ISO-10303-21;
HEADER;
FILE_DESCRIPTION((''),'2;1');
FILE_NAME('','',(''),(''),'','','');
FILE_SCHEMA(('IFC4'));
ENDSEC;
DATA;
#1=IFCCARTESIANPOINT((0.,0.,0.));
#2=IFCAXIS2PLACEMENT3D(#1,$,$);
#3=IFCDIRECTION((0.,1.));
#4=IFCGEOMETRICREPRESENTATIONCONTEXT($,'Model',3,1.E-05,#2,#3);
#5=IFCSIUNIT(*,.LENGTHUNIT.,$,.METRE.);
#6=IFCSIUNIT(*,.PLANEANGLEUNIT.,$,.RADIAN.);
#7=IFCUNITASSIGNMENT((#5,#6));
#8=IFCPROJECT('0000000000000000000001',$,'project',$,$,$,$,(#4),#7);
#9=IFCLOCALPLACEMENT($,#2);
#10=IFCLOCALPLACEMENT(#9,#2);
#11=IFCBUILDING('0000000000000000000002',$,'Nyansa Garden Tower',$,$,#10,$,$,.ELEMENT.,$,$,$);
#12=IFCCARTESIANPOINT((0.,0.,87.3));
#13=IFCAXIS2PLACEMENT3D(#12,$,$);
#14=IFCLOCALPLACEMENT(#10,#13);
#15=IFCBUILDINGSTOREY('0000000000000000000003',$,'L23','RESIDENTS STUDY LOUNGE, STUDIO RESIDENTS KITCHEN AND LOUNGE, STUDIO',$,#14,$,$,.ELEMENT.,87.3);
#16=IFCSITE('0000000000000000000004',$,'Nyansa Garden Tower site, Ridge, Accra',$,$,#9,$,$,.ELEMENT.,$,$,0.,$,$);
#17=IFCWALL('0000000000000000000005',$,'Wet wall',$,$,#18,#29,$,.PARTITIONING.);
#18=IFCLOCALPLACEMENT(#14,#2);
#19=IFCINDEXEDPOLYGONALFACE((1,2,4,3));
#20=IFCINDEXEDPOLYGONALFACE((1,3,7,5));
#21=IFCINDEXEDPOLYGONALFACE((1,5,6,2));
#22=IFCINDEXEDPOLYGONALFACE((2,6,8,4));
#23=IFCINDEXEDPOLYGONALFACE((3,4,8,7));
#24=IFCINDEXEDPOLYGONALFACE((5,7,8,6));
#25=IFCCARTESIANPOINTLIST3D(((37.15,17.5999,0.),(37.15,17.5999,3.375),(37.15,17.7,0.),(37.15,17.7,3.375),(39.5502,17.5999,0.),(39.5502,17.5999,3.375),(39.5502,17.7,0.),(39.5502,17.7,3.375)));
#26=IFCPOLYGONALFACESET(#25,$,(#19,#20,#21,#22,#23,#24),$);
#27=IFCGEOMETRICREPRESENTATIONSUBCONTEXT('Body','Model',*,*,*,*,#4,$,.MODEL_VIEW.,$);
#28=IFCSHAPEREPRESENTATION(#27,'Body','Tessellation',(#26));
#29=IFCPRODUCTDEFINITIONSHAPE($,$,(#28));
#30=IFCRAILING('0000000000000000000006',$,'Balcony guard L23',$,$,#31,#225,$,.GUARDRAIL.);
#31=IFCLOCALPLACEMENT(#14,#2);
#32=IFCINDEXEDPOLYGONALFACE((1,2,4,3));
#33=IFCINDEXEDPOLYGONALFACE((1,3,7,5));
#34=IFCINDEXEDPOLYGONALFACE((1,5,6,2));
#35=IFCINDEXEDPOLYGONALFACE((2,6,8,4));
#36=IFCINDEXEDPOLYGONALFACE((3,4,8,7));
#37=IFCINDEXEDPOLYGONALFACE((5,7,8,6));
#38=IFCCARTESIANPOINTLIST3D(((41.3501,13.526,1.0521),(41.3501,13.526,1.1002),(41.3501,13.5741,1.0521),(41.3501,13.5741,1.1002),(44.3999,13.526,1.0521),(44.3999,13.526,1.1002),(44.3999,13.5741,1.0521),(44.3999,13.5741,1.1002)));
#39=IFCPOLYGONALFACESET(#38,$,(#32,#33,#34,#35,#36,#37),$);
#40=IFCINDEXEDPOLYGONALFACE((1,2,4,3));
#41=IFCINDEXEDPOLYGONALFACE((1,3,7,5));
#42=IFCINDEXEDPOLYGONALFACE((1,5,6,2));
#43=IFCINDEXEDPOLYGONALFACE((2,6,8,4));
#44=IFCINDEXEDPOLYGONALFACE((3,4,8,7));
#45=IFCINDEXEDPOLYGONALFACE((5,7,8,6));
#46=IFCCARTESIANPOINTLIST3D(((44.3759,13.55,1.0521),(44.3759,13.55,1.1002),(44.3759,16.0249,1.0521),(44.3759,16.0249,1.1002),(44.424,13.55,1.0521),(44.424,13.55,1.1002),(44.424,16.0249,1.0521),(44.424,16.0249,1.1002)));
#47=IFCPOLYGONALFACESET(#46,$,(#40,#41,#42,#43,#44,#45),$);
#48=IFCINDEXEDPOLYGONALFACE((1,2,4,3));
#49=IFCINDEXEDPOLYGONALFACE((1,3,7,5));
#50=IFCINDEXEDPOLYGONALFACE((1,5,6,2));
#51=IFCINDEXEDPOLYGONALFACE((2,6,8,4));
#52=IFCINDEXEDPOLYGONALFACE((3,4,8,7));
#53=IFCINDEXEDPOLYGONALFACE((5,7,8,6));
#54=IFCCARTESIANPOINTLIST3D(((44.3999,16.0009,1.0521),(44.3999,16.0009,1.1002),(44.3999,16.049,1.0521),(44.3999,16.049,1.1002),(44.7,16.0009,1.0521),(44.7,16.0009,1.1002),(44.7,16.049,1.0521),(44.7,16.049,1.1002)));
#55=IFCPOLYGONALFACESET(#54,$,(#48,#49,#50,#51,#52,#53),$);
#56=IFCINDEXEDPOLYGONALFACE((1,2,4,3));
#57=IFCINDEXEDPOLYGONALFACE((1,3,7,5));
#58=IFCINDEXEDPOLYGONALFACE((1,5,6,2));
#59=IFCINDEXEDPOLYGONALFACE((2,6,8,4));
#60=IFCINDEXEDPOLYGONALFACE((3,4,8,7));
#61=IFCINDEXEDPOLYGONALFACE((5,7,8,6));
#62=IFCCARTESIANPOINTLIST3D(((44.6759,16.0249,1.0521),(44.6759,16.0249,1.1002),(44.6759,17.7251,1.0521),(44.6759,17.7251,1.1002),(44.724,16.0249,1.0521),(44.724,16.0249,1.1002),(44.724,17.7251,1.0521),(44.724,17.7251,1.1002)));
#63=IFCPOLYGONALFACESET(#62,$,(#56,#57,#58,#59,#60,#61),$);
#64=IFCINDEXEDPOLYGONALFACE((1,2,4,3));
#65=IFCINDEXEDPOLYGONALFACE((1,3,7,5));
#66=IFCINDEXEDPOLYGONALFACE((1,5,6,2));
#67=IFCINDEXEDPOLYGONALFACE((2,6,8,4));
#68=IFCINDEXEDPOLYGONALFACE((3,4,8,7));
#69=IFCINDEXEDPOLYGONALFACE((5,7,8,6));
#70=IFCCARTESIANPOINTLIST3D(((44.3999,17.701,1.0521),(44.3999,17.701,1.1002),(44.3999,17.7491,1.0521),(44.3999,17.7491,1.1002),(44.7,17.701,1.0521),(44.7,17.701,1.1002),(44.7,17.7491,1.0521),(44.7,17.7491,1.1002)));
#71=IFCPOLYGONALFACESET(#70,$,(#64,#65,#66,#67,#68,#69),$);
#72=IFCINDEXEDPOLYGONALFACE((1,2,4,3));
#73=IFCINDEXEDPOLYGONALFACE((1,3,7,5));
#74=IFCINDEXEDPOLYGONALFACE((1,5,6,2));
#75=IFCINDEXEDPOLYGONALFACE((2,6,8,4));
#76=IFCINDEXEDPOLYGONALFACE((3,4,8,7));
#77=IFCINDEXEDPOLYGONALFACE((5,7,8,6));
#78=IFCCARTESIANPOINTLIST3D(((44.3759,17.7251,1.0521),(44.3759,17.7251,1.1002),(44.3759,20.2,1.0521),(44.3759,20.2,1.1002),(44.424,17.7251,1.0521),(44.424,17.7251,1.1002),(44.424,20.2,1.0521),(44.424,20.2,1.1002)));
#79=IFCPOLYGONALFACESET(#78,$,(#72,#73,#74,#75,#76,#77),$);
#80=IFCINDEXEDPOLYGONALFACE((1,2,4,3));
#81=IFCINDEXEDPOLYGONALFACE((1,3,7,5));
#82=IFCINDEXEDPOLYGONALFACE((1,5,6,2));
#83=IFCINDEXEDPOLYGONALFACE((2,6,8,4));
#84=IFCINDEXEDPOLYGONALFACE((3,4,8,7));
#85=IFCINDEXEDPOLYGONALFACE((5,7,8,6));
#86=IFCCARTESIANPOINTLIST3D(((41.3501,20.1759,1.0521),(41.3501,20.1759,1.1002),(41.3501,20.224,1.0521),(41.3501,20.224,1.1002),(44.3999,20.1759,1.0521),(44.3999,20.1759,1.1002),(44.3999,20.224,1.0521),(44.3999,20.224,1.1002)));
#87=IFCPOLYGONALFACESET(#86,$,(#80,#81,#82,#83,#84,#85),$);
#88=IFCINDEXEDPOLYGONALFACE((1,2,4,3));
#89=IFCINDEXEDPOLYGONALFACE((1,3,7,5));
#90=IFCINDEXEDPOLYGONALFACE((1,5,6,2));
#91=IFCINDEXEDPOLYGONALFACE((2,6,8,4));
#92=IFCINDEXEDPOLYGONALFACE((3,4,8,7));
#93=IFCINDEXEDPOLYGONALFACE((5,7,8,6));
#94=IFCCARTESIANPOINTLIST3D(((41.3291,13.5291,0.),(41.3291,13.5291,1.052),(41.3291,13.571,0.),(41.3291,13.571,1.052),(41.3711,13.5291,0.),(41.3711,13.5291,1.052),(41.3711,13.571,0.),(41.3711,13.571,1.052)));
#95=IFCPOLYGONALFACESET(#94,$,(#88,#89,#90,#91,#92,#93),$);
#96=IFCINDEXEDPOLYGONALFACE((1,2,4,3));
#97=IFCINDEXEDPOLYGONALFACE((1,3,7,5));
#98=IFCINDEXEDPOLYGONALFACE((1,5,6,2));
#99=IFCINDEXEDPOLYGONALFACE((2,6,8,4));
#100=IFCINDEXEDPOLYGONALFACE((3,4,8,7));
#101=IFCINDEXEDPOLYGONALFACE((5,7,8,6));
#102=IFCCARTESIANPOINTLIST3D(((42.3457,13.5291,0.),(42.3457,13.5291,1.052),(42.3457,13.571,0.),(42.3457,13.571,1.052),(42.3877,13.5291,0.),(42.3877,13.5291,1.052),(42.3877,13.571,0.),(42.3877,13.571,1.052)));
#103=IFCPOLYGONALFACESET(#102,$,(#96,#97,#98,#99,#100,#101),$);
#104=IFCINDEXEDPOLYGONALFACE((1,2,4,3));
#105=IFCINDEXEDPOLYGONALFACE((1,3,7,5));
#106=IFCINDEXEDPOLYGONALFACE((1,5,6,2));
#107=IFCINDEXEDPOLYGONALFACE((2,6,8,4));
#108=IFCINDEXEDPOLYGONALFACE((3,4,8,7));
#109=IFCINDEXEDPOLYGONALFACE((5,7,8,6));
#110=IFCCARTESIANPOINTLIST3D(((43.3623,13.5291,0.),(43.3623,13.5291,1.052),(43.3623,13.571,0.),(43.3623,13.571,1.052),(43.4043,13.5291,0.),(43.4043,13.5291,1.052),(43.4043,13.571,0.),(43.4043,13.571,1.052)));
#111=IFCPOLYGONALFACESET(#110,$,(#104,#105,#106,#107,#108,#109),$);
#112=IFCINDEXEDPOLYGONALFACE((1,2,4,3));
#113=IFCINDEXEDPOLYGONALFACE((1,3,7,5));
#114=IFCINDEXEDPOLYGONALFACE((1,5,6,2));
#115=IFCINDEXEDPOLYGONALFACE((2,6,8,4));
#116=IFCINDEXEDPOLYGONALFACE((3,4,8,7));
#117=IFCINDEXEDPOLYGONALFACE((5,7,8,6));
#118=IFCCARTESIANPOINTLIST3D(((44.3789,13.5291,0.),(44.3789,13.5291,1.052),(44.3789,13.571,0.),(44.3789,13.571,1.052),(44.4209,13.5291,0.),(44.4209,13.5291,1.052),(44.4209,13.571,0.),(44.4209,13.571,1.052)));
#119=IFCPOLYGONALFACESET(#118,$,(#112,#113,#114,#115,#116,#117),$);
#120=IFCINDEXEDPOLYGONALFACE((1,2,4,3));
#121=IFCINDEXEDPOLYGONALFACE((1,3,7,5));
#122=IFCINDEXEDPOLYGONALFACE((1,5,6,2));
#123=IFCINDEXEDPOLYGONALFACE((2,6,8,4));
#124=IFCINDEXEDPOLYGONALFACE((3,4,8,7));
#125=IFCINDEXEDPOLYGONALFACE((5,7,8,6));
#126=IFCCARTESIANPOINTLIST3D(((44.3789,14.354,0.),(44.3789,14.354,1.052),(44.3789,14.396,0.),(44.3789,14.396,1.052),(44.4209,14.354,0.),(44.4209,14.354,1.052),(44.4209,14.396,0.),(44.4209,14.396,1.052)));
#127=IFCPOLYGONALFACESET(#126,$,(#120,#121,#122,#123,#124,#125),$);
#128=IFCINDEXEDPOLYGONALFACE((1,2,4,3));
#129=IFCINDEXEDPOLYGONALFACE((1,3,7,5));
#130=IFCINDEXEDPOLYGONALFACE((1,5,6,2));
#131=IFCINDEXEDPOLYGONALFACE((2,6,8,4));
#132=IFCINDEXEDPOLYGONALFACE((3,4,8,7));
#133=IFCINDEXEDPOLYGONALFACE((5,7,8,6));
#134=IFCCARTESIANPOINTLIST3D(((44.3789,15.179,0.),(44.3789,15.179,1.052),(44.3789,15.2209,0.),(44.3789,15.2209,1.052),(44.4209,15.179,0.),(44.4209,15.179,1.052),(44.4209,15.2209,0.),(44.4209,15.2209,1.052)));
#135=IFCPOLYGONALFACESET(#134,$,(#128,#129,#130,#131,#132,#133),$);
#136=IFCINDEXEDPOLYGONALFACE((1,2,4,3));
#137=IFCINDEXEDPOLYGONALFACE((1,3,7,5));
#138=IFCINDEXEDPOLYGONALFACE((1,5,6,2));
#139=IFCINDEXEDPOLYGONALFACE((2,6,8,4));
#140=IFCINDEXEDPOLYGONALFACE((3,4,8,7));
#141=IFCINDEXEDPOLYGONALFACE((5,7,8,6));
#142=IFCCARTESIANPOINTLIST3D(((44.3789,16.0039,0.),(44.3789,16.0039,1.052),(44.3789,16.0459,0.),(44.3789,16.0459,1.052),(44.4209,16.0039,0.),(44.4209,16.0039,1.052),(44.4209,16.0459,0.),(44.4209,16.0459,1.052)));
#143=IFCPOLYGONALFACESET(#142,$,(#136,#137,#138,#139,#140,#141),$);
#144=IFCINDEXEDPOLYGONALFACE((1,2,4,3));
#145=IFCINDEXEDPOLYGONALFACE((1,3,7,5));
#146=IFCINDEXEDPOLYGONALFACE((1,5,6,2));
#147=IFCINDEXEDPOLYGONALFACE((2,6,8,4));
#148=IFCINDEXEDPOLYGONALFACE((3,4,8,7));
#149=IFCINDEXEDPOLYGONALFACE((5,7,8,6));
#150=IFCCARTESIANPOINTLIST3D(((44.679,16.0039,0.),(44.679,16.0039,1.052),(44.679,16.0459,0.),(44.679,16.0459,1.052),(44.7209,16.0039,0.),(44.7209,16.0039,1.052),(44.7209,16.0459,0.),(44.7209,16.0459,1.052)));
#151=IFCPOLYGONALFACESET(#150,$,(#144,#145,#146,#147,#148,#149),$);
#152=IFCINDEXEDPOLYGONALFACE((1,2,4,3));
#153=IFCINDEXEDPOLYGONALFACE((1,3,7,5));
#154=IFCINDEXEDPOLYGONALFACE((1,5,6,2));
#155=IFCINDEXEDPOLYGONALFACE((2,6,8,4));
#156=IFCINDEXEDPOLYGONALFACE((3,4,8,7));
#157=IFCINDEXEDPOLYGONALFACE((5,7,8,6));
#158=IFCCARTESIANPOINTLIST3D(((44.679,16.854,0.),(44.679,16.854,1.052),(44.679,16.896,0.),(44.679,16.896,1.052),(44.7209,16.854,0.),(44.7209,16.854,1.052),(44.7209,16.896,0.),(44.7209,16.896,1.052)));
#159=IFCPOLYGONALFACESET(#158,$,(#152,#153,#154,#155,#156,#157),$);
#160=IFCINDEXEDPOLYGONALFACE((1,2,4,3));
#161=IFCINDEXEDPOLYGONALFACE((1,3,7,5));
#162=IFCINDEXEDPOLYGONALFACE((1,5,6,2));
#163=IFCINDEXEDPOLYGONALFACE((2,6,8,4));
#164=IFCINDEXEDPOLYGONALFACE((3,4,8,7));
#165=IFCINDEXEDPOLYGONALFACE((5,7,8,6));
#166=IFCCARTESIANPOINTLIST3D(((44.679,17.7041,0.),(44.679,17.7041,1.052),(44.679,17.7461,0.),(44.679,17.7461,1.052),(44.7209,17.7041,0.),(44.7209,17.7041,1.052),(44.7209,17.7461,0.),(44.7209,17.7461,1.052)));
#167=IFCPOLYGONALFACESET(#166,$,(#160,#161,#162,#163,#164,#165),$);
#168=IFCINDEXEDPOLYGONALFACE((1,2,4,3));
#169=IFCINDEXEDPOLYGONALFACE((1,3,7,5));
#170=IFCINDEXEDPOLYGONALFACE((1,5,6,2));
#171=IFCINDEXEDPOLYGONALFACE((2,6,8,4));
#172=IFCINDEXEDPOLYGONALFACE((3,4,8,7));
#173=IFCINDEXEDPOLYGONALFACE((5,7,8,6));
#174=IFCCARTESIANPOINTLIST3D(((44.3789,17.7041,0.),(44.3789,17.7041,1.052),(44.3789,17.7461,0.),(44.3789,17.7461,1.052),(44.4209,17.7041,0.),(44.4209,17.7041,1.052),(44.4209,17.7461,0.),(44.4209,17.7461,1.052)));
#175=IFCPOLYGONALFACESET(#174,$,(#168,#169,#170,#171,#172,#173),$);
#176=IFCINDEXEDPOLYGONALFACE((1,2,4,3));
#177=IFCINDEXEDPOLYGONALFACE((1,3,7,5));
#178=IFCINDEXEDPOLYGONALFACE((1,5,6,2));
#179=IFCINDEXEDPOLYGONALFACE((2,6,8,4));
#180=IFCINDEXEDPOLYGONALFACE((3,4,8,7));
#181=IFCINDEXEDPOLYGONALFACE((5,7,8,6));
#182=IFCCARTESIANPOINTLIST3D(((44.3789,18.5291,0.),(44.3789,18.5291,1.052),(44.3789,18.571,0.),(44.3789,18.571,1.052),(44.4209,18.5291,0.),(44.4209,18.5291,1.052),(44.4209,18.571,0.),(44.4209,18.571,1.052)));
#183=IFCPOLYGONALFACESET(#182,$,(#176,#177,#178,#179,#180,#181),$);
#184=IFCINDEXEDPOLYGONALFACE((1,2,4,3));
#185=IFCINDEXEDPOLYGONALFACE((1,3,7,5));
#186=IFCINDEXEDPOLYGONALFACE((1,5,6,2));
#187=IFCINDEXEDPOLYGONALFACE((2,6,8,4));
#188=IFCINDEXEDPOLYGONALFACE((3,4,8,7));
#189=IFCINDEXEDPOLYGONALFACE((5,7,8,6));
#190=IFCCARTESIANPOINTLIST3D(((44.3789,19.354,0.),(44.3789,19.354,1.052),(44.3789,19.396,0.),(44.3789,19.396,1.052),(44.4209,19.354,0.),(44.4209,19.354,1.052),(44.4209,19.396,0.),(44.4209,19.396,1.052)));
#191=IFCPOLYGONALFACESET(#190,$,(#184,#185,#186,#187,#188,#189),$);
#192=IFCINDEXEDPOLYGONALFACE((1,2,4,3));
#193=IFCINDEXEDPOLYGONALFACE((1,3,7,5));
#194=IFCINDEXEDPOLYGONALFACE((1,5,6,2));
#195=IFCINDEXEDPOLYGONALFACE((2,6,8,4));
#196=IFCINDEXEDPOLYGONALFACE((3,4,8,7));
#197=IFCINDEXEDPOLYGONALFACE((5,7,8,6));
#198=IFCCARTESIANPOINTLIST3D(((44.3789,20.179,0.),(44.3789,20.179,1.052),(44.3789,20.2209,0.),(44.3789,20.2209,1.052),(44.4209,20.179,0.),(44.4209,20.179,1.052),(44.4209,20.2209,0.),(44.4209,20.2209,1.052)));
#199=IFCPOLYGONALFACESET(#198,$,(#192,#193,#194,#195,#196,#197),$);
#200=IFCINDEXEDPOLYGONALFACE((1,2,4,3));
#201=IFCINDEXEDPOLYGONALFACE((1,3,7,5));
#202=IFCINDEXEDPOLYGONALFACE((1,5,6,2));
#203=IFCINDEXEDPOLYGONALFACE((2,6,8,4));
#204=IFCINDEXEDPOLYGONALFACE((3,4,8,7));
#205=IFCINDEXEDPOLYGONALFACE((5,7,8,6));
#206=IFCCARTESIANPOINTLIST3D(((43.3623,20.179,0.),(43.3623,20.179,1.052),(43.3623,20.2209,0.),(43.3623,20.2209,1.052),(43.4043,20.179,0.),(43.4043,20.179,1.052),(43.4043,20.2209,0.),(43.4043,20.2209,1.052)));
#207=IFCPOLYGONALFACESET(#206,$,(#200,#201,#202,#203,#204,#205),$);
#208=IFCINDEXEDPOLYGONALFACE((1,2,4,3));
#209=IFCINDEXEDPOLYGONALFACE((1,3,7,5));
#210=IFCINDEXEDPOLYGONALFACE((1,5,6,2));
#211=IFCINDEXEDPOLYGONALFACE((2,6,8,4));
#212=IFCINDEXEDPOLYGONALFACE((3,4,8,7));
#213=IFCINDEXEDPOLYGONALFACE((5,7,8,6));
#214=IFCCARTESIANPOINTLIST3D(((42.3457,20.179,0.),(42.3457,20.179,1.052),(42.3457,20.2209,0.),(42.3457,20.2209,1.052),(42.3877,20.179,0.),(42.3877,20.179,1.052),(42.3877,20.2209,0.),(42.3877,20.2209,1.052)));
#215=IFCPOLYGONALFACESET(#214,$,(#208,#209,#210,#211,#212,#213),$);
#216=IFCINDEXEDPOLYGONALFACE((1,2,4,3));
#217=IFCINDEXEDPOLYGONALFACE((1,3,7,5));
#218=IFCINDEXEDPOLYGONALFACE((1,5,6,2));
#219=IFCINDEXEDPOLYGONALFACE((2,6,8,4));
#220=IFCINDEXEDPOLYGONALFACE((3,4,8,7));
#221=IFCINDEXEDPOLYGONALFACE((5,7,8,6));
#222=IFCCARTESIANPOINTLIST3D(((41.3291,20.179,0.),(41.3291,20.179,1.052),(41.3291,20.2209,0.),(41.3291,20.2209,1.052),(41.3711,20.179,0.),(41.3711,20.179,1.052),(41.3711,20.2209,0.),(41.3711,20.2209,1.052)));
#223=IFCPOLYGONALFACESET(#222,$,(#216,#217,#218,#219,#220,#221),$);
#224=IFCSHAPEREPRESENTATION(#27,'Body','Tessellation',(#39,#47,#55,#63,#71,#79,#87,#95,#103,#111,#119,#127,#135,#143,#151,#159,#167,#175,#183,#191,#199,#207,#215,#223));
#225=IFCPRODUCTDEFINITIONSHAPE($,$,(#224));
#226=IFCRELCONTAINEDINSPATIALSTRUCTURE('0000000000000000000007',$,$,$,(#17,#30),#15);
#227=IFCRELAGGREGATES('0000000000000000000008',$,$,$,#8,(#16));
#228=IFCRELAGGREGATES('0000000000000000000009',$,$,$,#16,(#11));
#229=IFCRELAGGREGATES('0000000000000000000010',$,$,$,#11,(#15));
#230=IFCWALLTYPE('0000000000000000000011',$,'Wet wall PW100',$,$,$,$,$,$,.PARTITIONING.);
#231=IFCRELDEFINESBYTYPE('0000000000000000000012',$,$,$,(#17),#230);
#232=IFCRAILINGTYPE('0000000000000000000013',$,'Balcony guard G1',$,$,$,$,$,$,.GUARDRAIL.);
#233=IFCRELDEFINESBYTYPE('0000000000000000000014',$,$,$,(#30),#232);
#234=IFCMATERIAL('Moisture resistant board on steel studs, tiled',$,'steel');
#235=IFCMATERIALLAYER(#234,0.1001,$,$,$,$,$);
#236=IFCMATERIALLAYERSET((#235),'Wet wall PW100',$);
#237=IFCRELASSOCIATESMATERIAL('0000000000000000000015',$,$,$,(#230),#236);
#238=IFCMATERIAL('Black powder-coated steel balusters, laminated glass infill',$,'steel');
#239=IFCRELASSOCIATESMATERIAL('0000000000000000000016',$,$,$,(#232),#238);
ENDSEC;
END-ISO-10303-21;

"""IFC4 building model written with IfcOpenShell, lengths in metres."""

from ifc_helpers import new_model, si_unit, direction, frame, frame_2d, origin, origin_2d, place, context, subcontext, project, spatial, rectangle, extrude, material, layer, layer_set, type_object, element, save


model = new_model("IFC4")

# Units and contexts
model_context = context("Model", 3, precision=1e-05, world=origin(), true_north=direction((0.0, 1.0)))
body_context = subcontext(model_context, "Body", "Model", "MODEL_VIEW")
ifc_project = project(units=[si_unit("LENGTHUNIT", "METRE"), si_unit("PLANEANGLEUNIT", "RADIAN")], contexts=[model_context])

# Site, building, storey
site_placement = place(None, origin())
site = spatial("IfcSite", under=ifc_project, at=site_placement, Name="Nyansa Garden Tower site, Ridge, Accra", CompositionType="ELEMENT", RefElevation=0.0)
building_placement = place(site_placement, origin())
building = spatial("IfcBuilding", under=site, at=building_placement, Name="Nyansa Garden Tower", CompositionType="ELEMENT")
storey_placement = place(building_placement, frame((0.0, 0.0, 87.3)))
storey = spatial("IfcBuildingStorey", under=building, at=storey_placement, Name="L23", Description="RESIDENTS STUDY LOUNGE, STUDIO RESIDENTS KITCHEN AND LOUNGE, STUDIO", CompositionType="ELEMENT", Elevation=87.3)

# Wall
ifc_material_1 = material(Name="Moisture resistant board on steel studs, tiled", Category="steel")
ifc_layer_1 = layer(ifc_material_1, 0.1001)
ifc_layer_set_1 = layer_set([ifc_layer_1], Name="Wet wall PW100")
wall_type_1 = type_object("IfcWallType", Name="Wet wall PW100", PredefinedType="PARTITIONING", material=ifc_layer_set_1)
wall_1_placement = place(storey_placement, frame((37.1499, 17.6499, 0.0), z_axis=(0.0, 0.0, 1.0), x_axis=(1.0, 0.0, 0.0)))
element("IfcWall", 1, at=wall_1_placement, inside=storey, type_object=wall_type_1, Name="Wet wall", PredefinedType="PARTITIONING", context=body_context, shape_type="SweptSolid", body=[
    extrude(rectangle(XDim=2.4001, YDim=0.1001, at=frame_2d((1.2002, 0.0))), origin(), (0.0, 0.0, 1.0), 3.375),
])

# Railing
ifc_material_2 = material(Name="Black powder-coated steel balusters, laminated glass infill", Category="steel")
railing_type = type_object("IfcRailingType", Name="Balcony guard G1", PredefinedType="GUARDRAIL", material=ifc_material_2)
railing_placement = place(storey_placement, frame((41.3501, 13.55, 0.0)))
element("IfcRailing", 2, at=railing_placement, inside=storey, type_object=railing_type, Name="Balcony guard L23", PredefinedType="GUARDRAIL", context=body_context, shape_type="SweptSolid", body=[
    extrude(rectangle(XDim=0.0481, YDim=0.0481, at=origin_2d()), frame((0.0, 0.0, 1.0762), z_axis=(1.0, 0.0, 0.0), x_axis=(0.0, 1.0, 0.0)), (0.0, 0.0, 1.0), 3.0498),
    extrude(rectangle(XDim=0.0481, YDim=0.0481, at=origin_2d()), frame((3.0498, 0.0, 1.0762), z_axis=(0.0, 1.0, 0.0), x_axis=(-1.0, 0.0, 0.0)), (0.0, 0.0, 1.0), 2.4749),
    extrude(rectangle(XDim=0.0481, YDim=0.0481, at=origin_2d()), frame((3.0498, 2.4749, 1.0762), z_axis=(1.0, 0.0, 0.0), x_axis=(0.0, 1.0, 0.0)), (0.0, 0.0, 1.0), 0.3),
    extrude(rectangle(XDim=0.0481, YDim=0.0481, at=origin_2d()), frame((3.3499, 2.4749, 1.0762), z_axis=(0.0, 1.0, 0.0), x_axis=(-1.0, 0.0, 0.0)), (0.0, 0.0, 1.0), 1.7002),
    extrude(rectangle(XDim=0.0481, YDim=0.0481, at=origin_2d()), frame((3.3499, 4.175, 1.0762), z_axis=(-1.0, 0.0, 0.0), x_axis=(0.0, -1.0, 0.0)), (0.0, 0.0, 1.0), 0.3),
    extrude(rectangle(XDim=0.0481, YDim=0.0481, at=origin_2d()), frame((3.0498, 4.175, 1.0762), z_axis=(0.0, 1.0, 0.0), x_axis=(-1.0, 0.0, 0.0)), (0.0, 0.0, 1.0), 2.4749),
    extrude(rectangle(XDim=0.0481, YDim=0.0481, at=origin_2d()), frame((3.0498, 6.6499, 1.0762), z_axis=(-1.0, 0.0, 0.0), x_axis=(0.0, -1.0, 0.0)), (0.0, 0.0, 1.0), 3.0498),
    extrude(rectangle(XDim=0.042, YDim=0.042, at=origin_2d()), origin(), (0.0, 0.0, 1.0), 1.052),
    extrude(rectangle(XDim=0.042, YDim=0.042, at=origin_2d()), frame((1.0166, 0.0, 0.0)), (0.0, 0.0, 1.0), 1.052),
    extrude(rectangle(XDim=0.042, YDim=0.042, at=origin_2d()), frame((2.0332, 0.0, 0.0)), (0.0, 0.0, 1.0), 1.052),
    extrude(rectangle(XDim=0.042, YDim=0.042, at=origin_2d()), frame((3.0498, 0.0, 0.0)), (0.0, 0.0, 1.0), 1.052),
    extrude(rectangle(XDim=0.042, YDim=0.042, at=origin_2d()), frame((3.0498, 0.825, 0.0)), (0.0, 0.0, 1.0), 1.052),
    extrude(rectangle(XDim=0.042, YDim=0.042, at=origin_2d()), frame((3.0498, 1.6499, 0.0)), (0.0, 0.0, 1.0), 1.052),
    extrude(rectangle(XDim=0.042, YDim=0.042, at=origin_2d()), frame((3.0498, 2.4749, 0.0)), (0.0, 0.0, 1.0), 1.052),
    extrude(rectangle(XDim=0.042, YDim=0.042, at=origin_2d()), frame((3.3499, 2.4749, 0.0)), (0.0, 0.0, 1.0), 1.052),
    extrude(rectangle(XDim=0.042, YDim=0.042, at=origin_2d()), frame((3.3499, 3.325, 0.0)), (0.0, 0.0, 1.0), 1.052),
    extrude(rectangle(XDim=0.042, YDim=0.042, at=origin_2d()), frame((3.3499, 4.175, 0.0)), (0.0, 0.0, 1.0), 1.052),
    extrude(rectangle(XDim=0.042, YDim=0.042, at=origin_2d()), frame((3.0498, 4.175, 0.0)), (0.0, 0.0, 1.0), 1.052),
    extrude(rectangle(XDim=0.042, YDim=0.042, at=origin_2d()), frame((3.0498, 5.0, 0.0)), (0.0, 0.0, 1.0), 1.052),
    extrude(rectangle(XDim=0.042, YDim=0.042, at=origin_2d()), frame((3.0498, 5.825, 0.0)), (0.0, 0.0, 1.0), 1.052),
    extrude(rectangle(XDim=0.042, YDim=0.042, at=origin_2d()), frame((3.0498, 6.6499, 0.0)), (0.0, 0.0, 1.0), 1.052),
    extrude(rectangle(XDim=0.042, YDim=0.042, at=origin_2d()), frame((2.0332, 6.6499, 0.0)), (0.0, 0.0, 1.0), 1.052),
    extrude(rectangle(XDim=0.042, YDim=0.042, at=origin_2d()), frame((1.0166, 6.6499, 0.0)), (0.0, 0.0, 1.0), 1.052),
    extrude(rectangle(XDim=0.042, YDim=0.042, at=origin_2d()), frame((0.0, 6.6499, 0.0)), (0.0, 0.0, 1.0), 1.052),
])

save(model, "model.ifc")
